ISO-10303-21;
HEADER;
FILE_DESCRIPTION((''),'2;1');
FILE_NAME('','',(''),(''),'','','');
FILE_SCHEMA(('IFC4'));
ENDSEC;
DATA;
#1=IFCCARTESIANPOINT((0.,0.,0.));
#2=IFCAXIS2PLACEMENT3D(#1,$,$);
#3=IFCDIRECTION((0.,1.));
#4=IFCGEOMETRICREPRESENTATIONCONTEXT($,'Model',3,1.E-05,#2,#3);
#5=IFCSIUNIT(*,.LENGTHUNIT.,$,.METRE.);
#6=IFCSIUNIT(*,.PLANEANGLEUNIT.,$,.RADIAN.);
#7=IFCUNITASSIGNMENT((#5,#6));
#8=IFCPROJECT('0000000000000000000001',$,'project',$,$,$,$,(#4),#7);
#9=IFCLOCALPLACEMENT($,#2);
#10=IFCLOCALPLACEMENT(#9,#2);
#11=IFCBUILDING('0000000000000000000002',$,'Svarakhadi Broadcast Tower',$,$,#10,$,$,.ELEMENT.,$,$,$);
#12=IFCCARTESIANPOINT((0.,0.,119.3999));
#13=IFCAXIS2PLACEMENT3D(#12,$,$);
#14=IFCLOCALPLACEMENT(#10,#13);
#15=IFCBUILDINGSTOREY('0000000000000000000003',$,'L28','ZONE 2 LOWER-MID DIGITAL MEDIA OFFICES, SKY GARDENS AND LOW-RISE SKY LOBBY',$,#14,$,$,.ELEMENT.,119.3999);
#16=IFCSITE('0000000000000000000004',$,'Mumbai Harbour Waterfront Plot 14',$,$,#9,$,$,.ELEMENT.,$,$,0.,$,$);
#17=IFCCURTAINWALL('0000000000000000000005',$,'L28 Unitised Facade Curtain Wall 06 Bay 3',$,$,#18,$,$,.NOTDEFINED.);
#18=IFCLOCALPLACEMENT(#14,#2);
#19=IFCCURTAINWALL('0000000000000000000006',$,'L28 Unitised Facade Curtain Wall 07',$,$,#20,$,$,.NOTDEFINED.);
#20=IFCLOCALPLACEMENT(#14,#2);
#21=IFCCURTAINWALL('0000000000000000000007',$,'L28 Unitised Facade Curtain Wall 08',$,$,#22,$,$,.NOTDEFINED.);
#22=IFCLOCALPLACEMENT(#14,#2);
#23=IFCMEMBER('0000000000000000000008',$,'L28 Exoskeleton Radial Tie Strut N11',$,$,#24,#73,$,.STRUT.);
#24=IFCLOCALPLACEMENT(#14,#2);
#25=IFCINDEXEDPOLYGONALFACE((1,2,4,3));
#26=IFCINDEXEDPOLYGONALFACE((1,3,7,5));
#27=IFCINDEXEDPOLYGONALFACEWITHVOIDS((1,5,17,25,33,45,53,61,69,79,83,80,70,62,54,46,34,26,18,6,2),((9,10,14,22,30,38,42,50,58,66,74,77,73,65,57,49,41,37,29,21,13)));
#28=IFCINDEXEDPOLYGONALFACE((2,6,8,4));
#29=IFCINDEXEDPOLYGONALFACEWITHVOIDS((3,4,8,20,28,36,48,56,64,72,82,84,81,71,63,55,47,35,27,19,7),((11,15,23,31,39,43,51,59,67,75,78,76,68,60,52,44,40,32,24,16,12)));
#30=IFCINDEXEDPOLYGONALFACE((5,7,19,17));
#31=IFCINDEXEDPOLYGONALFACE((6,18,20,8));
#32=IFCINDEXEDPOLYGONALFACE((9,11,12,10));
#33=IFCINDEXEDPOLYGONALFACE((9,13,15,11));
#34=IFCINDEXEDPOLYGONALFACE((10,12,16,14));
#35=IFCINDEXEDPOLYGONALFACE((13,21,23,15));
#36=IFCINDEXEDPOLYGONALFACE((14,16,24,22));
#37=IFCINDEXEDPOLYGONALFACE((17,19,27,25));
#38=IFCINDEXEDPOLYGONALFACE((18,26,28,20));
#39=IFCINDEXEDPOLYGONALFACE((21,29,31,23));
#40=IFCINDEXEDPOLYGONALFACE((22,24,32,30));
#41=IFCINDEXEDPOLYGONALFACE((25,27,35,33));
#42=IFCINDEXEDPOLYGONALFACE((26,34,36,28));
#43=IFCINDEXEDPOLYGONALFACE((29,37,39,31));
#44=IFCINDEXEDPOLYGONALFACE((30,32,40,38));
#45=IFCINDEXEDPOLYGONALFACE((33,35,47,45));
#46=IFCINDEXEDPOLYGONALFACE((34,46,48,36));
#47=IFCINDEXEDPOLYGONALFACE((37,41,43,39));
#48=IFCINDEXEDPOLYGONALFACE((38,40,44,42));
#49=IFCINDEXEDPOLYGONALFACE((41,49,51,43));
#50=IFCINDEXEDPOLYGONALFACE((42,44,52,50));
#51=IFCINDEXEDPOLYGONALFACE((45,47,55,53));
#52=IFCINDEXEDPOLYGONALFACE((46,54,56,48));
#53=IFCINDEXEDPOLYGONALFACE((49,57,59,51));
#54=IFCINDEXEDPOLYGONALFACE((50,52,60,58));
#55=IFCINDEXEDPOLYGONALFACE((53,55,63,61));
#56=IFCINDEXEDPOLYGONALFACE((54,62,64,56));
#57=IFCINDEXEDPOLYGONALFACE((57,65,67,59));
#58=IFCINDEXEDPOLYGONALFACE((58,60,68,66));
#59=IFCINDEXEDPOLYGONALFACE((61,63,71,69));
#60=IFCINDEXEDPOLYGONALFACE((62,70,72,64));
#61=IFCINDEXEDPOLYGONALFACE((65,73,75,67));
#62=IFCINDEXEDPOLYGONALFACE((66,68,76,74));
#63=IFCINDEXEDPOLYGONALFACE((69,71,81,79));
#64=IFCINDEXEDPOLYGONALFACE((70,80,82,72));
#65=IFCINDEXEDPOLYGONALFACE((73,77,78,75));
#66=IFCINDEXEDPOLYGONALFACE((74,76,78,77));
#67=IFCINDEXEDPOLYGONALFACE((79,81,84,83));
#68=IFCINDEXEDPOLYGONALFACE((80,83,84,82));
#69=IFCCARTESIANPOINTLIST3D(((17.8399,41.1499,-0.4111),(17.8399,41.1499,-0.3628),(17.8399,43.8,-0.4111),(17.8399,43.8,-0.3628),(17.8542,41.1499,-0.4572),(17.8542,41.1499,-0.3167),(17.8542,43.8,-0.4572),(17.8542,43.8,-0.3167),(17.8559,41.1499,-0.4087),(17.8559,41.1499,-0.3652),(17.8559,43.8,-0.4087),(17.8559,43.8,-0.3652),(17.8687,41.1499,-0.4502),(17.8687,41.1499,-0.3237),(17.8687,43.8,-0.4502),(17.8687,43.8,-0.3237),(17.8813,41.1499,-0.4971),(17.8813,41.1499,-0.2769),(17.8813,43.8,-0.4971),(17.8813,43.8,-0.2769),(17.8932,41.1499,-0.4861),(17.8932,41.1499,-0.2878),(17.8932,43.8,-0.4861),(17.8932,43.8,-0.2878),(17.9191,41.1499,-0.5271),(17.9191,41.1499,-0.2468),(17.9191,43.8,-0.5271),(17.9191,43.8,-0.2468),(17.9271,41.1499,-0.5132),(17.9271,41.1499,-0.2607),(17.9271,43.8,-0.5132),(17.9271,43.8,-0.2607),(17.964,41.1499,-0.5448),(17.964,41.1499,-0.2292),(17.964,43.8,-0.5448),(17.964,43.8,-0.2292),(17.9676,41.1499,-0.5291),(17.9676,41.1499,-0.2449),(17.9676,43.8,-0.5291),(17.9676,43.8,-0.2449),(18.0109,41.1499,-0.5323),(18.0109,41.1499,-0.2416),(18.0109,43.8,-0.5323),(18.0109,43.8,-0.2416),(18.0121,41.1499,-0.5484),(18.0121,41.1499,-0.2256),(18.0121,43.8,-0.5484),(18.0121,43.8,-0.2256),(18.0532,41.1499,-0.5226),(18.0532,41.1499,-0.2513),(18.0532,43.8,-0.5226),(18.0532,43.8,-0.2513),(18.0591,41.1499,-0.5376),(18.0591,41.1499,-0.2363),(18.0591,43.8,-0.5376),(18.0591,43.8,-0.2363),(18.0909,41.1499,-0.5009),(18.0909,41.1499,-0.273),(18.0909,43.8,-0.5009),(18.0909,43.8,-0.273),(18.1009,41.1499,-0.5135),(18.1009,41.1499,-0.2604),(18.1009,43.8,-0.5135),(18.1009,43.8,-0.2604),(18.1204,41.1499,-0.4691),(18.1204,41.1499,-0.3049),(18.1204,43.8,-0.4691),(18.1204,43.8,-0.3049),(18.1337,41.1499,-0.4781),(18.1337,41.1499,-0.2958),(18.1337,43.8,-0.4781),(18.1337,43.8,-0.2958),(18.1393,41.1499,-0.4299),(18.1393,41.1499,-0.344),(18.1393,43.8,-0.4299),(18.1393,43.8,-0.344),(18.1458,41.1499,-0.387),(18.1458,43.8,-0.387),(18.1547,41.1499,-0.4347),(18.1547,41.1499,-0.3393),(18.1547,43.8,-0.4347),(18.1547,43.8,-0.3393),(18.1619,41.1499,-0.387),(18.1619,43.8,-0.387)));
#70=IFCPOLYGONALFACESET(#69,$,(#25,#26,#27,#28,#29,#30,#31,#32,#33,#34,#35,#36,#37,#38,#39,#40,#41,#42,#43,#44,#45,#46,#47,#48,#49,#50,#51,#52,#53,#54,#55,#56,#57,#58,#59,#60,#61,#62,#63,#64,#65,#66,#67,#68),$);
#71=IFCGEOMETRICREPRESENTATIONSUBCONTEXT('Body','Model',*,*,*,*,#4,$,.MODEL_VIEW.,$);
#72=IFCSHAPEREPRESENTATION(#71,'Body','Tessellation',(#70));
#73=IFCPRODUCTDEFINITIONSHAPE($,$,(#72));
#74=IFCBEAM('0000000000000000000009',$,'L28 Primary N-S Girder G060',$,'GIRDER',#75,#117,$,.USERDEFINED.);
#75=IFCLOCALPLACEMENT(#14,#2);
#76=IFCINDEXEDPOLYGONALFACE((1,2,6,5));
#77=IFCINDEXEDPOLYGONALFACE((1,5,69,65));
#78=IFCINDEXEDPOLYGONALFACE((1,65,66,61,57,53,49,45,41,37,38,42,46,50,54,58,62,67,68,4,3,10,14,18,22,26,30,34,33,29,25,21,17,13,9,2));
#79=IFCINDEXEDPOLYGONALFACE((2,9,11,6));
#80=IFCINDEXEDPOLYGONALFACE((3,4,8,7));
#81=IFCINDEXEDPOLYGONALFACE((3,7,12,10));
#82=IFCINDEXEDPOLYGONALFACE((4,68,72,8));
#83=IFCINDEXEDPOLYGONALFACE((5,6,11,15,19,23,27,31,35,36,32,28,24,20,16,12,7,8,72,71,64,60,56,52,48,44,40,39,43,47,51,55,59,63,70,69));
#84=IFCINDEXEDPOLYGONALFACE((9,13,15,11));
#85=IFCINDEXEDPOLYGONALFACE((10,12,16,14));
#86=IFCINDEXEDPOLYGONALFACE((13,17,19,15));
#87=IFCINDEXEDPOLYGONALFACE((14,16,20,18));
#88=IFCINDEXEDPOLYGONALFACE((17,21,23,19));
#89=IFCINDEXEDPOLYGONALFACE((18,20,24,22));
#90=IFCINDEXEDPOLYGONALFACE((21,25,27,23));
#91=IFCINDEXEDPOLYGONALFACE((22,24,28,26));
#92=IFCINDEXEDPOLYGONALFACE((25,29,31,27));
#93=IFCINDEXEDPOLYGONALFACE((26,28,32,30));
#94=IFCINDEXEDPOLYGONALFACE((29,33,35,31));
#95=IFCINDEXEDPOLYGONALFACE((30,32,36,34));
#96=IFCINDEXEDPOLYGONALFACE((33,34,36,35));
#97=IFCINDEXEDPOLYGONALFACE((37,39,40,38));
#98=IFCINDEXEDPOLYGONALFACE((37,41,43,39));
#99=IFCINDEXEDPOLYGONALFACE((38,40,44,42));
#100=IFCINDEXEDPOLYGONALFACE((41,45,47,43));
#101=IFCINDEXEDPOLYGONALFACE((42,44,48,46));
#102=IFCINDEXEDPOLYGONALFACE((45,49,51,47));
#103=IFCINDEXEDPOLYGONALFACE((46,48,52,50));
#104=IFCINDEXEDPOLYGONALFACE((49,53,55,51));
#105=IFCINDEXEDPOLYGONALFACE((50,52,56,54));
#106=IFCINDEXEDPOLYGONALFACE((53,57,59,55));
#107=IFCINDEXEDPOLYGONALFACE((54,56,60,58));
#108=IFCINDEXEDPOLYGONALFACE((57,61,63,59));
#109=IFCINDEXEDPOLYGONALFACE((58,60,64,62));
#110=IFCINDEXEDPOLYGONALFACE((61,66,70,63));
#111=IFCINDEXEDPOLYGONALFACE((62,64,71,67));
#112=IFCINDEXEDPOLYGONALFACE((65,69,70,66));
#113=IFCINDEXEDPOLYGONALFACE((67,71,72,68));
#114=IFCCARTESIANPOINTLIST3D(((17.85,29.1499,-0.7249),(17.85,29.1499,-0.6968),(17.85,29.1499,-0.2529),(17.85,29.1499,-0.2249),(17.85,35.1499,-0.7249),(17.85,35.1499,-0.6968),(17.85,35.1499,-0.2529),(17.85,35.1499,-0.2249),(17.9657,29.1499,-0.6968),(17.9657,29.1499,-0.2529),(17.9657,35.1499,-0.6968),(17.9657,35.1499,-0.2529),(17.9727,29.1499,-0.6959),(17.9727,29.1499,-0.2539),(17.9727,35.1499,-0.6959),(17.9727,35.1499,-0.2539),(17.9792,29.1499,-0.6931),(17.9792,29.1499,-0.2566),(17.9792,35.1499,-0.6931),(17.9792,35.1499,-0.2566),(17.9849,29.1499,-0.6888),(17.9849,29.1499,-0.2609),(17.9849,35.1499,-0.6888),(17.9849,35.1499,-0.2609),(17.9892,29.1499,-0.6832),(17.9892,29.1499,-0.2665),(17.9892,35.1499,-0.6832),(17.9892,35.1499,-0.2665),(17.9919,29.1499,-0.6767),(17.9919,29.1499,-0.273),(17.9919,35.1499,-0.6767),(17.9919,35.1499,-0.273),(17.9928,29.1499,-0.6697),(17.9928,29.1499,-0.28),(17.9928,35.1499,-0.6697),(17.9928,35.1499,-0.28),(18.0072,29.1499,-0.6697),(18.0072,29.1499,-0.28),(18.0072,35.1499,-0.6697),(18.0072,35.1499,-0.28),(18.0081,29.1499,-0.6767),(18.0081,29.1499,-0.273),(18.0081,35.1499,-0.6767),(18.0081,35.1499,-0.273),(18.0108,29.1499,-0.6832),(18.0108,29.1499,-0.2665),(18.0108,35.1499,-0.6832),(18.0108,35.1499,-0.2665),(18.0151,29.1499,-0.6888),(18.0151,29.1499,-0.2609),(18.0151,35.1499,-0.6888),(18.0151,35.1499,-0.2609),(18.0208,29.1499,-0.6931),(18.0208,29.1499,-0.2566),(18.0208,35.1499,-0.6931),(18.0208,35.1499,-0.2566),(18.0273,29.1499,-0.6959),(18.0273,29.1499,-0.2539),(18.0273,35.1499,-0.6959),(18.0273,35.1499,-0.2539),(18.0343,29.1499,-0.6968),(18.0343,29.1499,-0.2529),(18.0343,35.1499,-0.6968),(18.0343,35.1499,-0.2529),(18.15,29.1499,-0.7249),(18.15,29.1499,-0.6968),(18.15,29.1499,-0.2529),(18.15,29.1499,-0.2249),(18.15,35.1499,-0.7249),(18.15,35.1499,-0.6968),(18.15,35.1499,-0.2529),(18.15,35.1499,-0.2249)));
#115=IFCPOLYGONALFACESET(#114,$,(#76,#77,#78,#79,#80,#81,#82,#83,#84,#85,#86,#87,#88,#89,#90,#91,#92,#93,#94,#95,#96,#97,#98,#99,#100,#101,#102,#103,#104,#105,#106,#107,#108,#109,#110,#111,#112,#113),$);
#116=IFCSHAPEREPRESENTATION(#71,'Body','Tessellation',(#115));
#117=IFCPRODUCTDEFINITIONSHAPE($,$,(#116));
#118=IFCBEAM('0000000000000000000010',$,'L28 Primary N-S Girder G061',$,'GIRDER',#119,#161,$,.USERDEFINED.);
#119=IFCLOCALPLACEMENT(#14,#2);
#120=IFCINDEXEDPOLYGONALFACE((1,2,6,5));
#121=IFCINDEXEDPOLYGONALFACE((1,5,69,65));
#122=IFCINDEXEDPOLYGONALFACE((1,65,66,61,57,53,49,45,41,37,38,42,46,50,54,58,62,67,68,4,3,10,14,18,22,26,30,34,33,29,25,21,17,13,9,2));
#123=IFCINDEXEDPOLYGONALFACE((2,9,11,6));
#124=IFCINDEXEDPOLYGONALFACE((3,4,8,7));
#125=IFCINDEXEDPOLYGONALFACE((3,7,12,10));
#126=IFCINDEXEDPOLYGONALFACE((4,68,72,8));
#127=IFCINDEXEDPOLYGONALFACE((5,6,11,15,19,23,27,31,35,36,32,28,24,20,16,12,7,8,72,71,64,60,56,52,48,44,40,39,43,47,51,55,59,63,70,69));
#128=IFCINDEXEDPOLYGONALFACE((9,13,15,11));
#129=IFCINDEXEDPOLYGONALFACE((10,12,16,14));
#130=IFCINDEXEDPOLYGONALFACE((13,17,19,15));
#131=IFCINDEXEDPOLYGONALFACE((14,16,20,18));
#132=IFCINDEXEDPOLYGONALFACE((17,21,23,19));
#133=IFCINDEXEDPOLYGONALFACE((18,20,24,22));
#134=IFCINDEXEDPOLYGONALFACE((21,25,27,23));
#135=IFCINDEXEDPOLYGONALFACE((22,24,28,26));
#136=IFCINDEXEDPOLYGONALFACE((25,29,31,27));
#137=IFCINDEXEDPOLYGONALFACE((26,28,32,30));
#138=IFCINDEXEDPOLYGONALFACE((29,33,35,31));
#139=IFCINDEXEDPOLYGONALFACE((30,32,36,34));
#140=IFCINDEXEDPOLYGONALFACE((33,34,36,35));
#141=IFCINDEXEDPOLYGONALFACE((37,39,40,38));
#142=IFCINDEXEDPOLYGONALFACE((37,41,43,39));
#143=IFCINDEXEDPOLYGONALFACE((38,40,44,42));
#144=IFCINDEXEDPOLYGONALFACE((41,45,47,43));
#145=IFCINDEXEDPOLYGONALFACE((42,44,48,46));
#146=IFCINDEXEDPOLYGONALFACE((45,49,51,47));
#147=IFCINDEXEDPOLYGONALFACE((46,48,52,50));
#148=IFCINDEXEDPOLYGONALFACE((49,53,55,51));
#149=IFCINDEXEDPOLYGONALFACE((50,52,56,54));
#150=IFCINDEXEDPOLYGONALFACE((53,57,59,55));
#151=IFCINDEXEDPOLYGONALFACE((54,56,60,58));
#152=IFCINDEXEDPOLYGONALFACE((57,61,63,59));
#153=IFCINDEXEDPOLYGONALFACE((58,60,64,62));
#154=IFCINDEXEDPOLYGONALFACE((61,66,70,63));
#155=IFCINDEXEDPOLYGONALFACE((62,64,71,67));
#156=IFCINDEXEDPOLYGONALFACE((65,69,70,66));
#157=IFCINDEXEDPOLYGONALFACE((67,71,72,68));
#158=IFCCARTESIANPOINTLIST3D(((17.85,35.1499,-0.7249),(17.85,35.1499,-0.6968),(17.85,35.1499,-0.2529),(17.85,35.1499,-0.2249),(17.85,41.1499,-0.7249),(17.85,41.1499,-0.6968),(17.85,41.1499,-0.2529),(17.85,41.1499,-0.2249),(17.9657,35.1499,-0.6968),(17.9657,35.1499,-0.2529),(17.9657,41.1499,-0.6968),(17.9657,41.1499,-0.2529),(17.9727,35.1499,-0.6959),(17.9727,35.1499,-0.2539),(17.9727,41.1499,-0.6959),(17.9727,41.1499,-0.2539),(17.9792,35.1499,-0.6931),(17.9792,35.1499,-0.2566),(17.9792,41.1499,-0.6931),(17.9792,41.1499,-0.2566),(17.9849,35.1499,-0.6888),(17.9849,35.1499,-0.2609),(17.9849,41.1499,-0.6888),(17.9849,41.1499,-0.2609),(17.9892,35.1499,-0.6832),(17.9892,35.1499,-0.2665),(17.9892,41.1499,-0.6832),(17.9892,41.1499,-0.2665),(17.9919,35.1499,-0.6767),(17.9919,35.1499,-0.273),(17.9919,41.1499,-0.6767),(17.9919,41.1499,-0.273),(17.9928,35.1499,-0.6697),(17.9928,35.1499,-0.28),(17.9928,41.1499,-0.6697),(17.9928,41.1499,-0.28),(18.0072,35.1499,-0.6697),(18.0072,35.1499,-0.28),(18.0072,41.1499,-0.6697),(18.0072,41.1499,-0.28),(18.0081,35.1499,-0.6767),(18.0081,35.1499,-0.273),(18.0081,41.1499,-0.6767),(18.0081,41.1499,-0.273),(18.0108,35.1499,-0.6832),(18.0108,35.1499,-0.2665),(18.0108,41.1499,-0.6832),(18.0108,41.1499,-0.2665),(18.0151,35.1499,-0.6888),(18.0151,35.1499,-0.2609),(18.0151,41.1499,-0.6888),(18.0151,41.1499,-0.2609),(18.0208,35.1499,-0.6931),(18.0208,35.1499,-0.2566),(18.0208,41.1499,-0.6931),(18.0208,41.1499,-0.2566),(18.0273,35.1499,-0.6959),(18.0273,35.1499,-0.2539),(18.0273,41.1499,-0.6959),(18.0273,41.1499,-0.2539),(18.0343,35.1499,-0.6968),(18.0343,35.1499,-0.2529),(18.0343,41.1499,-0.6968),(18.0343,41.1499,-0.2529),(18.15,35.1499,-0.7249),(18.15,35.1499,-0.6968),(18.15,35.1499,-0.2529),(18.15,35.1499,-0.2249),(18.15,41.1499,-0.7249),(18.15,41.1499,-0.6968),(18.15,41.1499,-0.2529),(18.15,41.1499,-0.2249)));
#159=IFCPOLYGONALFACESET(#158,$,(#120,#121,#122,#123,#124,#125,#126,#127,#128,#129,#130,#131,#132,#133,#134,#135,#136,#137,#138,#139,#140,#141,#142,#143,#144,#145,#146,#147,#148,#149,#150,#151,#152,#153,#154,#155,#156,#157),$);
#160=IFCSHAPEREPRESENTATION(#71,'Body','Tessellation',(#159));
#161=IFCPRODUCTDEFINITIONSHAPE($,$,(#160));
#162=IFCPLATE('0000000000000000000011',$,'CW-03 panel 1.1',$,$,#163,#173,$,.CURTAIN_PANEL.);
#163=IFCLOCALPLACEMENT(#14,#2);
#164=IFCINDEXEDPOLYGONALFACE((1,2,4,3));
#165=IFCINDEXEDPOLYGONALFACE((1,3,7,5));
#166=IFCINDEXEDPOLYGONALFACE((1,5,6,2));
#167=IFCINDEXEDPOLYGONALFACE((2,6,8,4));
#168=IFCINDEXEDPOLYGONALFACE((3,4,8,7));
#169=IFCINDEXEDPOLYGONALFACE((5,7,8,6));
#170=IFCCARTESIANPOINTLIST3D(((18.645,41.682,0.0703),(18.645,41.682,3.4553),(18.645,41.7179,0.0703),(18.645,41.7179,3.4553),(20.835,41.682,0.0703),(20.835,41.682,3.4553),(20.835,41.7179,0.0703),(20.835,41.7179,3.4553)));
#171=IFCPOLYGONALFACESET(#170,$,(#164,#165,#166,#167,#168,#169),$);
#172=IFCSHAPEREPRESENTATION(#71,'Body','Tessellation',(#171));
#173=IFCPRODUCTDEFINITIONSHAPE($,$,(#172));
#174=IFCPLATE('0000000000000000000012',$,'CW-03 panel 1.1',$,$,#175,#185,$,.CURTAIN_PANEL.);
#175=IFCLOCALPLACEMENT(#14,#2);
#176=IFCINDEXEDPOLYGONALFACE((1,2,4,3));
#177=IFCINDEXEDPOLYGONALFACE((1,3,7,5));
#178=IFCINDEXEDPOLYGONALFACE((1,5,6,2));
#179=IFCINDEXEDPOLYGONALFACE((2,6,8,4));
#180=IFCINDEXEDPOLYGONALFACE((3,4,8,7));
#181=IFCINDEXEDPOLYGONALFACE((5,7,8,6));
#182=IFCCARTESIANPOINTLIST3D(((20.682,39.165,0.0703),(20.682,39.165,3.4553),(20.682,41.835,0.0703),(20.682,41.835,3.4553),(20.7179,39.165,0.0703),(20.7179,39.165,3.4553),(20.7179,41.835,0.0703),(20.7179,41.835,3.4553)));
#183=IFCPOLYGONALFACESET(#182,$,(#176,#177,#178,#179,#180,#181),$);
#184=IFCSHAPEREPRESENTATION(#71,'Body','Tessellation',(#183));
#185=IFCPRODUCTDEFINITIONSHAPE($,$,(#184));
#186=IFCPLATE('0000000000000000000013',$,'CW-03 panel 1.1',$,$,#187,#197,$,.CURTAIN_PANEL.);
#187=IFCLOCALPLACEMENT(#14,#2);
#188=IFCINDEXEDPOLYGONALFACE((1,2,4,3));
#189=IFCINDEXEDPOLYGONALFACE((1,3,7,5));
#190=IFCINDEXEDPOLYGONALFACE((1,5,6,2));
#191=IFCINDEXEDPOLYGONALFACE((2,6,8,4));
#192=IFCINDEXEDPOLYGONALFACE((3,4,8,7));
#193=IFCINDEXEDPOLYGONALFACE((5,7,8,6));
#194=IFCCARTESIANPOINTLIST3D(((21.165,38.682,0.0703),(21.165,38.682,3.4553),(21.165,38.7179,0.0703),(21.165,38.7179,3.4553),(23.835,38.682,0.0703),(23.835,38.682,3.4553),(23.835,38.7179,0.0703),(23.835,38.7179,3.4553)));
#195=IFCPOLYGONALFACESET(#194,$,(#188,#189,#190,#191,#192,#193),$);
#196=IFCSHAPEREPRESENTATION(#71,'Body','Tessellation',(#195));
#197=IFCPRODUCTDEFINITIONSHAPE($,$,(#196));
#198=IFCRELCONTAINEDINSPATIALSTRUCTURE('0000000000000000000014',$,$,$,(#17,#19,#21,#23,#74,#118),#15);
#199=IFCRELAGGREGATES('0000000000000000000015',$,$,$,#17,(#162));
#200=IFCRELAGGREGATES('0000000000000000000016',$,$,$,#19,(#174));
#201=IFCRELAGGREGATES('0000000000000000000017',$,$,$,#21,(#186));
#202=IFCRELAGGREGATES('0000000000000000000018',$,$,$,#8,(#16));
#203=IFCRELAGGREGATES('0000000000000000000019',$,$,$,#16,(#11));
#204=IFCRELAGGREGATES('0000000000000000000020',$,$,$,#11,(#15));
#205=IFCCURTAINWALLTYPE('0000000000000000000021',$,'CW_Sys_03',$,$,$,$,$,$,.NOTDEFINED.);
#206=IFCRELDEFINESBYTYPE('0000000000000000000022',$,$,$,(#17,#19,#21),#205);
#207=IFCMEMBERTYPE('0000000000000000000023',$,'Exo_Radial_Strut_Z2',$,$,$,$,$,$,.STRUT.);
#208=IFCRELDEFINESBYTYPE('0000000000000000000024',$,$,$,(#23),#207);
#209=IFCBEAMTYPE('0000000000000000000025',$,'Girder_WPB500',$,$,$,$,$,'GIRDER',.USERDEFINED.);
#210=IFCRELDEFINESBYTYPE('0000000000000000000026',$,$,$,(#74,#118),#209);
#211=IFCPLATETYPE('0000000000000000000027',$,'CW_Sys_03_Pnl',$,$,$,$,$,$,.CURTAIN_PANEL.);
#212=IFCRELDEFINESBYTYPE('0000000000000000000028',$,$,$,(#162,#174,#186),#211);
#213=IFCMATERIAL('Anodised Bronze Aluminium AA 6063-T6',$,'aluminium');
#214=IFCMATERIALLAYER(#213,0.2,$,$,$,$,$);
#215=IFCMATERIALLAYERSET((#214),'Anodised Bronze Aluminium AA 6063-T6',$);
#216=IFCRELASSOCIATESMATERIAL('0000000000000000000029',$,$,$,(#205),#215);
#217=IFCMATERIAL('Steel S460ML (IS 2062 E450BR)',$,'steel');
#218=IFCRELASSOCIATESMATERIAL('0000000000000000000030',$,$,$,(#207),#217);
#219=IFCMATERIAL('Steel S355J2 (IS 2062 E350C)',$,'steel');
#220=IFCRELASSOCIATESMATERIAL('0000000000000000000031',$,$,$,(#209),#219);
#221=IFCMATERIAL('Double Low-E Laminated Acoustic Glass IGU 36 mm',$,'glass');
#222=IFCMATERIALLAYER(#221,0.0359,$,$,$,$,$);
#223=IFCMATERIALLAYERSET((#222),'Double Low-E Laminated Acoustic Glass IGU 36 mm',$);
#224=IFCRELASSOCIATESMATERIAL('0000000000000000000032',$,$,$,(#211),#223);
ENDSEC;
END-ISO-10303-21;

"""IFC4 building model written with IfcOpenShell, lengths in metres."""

from ifc_helpers import new_model, si_unit, direction, frame, origin, origin_2d, place, context, subcontext, project, spatial, rectangle, hollow_circle, i_section, extrude, material, layer, layer_set, material_profile, profile_set, type_object, element, aggregate, save


model = new_model("IFC4")

# Units and contexts
model_context = context("Model", 3, precision=1e-05, world=origin(), true_north=direction((0.0, 1.0)))
body_context = subcontext(model_context, "Body", "Model", "MODEL_VIEW")
ifc_project = project(units=[si_unit("LENGTHUNIT", "METRE"), si_unit("PLANEANGLEUNIT", "RADIAN")], contexts=[model_context])

# Site, building, storey
site_placement = place(None, origin())
site = spatial("IfcSite", under=ifc_project, at=site_placement, Name="Mumbai Harbour Waterfront Plot 14", CompositionType="ELEMENT", RefElevation=0.0)
building_placement = place(site_placement, origin())
building = spatial("IfcBuilding", under=site, at=building_placement, Name="Svarakhadi Broadcast Tower", CompositionType="ELEMENT")
storey_placement = place(building_placement, frame((0.0, 0.0, 119.3999)))
storey = spatial("IfcBuildingStorey", under=building, at=storey_placement, Name="L28", Description="ZONE 2 LOWER-MID DIGITAL MEDIA OFFICES, SKY GARDENS AND LOW-RISE SKY LOBBY", CompositionType="ELEMENT", Elevation=119.3999)

# Curtain walls
ifc_material_1 = material(Name="Anodised Bronze Aluminium AA 6063-T6", Category="aluminium")
ifc_layer_1 = layer(ifc_material_1, 0.2)
ifc_layer_set_1 = layer_set([ifc_layer_1], Name="Anodised Bronze Aluminium AA 6063-T6")
curtain_wall_type = type_object("IfcCurtainWallType", Name="CW_Sys_03", PredefinedType="NOTDEFINED", material=ifc_layer_set_1)
curtain_wall_1_placement = place(storey_placement, origin())
curtain_wall_1 = element("IfcCurtainWall", 1, at=curtain_wall_1_placement, inside=storey, type_object=curtain_wall_type, Name="L28 Unitised Facade Curtain Wall 06 Bay 3", PredefinedType="NOTDEFINED")
curtain_wall_2_placement = place(storey_placement, origin())
curtain_wall_2 = element("IfcCurtainWall", 2, at=curtain_wall_2_placement, inside=storey, type_object=curtain_wall_type, Name="L28 Unitised Facade Curtain Wall 07", PredefinedType="NOTDEFINED")

# Curtain wall
curtain_wall_3_placement = place(storey_placement, origin())
curtain_wall_3 = element("IfcCurtainWall", 3, at=curtain_wall_3_placement, inside=storey, type_object=curtain_wall_type, Name="L28 Unitised Facade Curtain Wall 08", PredefinedType="NOTDEFINED")

# Member
ifc_material_2 = material(Name="Steel S460ML (IS 2062 E450BR)", Category="steel")
ifc_material_profile_1 = material_profile(ifc_material_2, hollow_circle(Radius=0.1619, WallThickness=0.0161, at=origin_2d()), Name="CHS 323.9x16")
ifc_profile_set_1 = profile_set([ifc_material_profile_1], Name="Steel S460ML (IS 2062 E450BR)")
member_type_1 = type_object("IfcMemberType", Name="Exo_Radial_Strut_Z2", PredefinedType="STRUT", material=ifc_profile_set_1)
member_1_placement = place(storey_placement, frame((18.0, 43.8, -0.387), z_axis=(0.0, -1.0, 0.0), x_axis=(1.0, 0.0, 0.0)))
element("IfcMember", 4, at=member_1_placement, inside=storey, type_object=member_type_1, Name="L28 Exoskeleton Radial Tie Strut N11", PredefinedType="STRUT", context=body_context, shape_type="SweptSolid", body=[
    extrude(hollow_circle(Radius=0.1619, WallThickness=0.0161, at=origin_2d()), origin(), (0.0, 0.0, 1.0), 2.6501),
])

# Beams
ifc_material_3 = material(Name="Steel S355J2 (IS 2062 E350C)", Category="steel")
ifc_material_profile_2 = material_profile(ifc_material_3, i_section(OverallWidth=0.3, OverallDepth=0.5, WebThickness=0.0144, FlangeThickness=0.0281, FilletRadius=0.0271, at=origin_2d()), Name="WPB 500x300x187")
ifc_profile_set_2 = profile_set([ifc_material_profile_2], Name="Steel S355J2 (IS 2062 E350C)")
beam_type = type_object("IfcBeamType", Name="Girder_WPB500", ElementType="GIRDER", PredefinedType="USERDEFINED", material=ifc_profile_set_2)
for number, where, z_axis, x_axis, name in (
    (5, (18.0, 29.1499, -0.4749), (0.0, 1.0, 0.0), (-1.0, 0.0, 0.0), "L28 Primary N-S Girder G060"),
    (6, (18.0, 35.1499, -0.4749), (0.0, 1.0, 0.0), (-1.0, 0.0, 0.0), "L28 Primary N-S Girder G061"),
):
    element("IfcBeam", number, at=place(storey_placement, frame(where, z_axis=z_axis, x_axis=x_axis)), inside=storey, type_object=beam_type, Name=name, ObjectType="GIRDER", PredefinedType="USERDEFINED", context=body_context, shape_type="SweptSolid", body=[
        extrude(i_section(OverallWidth=0.3, OverallDepth=0.5, WebThickness=0.0144, FlangeThickness=0.0281, FilletRadius=0.0271, at=origin_2d()), origin(), (0.0, 0.0, 1.0), 6.0),
    ])

# Plates
ifc_material_4 = material(Name="Double Low-E Laminated Acoustic Glass IGU 36 mm", Category="glass")
ifc_layer_2 = layer(ifc_material_4, 0.0359)
ifc_layer_set_2 = layer_set([ifc_layer_2], Name="Double Low-E Laminated Acoustic Glass IGU 36 mm")
plate_type_1 = type_object("IfcPlateType", Name="CW_Sys_03_Pnl", PredefinedType="CURTAIN_PANEL", material=ifc_layer_set_2)
plate_1_placement = place(storey_placement, frame((19.74, 41.7, 0.0703), z_axis=(0.0, 0.0, 1.0), x_axis=(1.0, 0.0, 0.0)))
plate_1 = element("IfcPlate", 7, at=plate_1_placement, type_object=plate_type_1, Name="CW-03 panel 1.1", PredefinedType="CURTAIN_PANEL", context=body_context, shape_type="SweptSolid", body=[
    extrude(rectangle(XDim=2.1899, YDim=0.0359, at=origin_2d()), origin(), (0.0, 0.0, 1.0), 3.385),
])
aggregate(curtain_wall_1, [plate_1])
plate_2_placement = place(storey_placement, frame((20.7, 40.5, 0.0703), z_axis=(0.0, 0.0, 1.0), x_axis=(0.0, -1.0, 0.0)))
plate_2 = element("IfcPlate", 8, at=plate_2_placement, type_object=plate_type_1, Name="CW-03 panel 1.1", PredefinedType="CURTAIN_PANEL", context=body_context, shape_type="SweptSolid", body=[
    extrude(rectangle(XDim=2.6699, YDim=0.0359, at=origin_2d()), origin(), (0.0, 0.0, 1.0), 3.385),
])
aggregate(curtain_wall_2, [plate_2])
plate_3_placement = place(storey_placement, frame((22.5, 38.7, 0.0703), z_axis=(0.0, 0.0, 1.0), x_axis=(1.0, 0.0, 0.0)))
plate_3 = element("IfcPlate", 9, at=plate_3_placement, type_object=plate_type_1, Name="CW-03 panel 1.1", PredefinedType="CURTAIN_PANEL", context=body_context, shape_type="SweptSolid", body=[
    extrude(rectangle(XDim=2.6699, YDim=0.0359, at=origin_2d()), origin(), (0.0, 0.0, 1.0), 3.385),
])
aggregate(curtain_wall_3, [plate_3])

save(model, "model.ifc")
